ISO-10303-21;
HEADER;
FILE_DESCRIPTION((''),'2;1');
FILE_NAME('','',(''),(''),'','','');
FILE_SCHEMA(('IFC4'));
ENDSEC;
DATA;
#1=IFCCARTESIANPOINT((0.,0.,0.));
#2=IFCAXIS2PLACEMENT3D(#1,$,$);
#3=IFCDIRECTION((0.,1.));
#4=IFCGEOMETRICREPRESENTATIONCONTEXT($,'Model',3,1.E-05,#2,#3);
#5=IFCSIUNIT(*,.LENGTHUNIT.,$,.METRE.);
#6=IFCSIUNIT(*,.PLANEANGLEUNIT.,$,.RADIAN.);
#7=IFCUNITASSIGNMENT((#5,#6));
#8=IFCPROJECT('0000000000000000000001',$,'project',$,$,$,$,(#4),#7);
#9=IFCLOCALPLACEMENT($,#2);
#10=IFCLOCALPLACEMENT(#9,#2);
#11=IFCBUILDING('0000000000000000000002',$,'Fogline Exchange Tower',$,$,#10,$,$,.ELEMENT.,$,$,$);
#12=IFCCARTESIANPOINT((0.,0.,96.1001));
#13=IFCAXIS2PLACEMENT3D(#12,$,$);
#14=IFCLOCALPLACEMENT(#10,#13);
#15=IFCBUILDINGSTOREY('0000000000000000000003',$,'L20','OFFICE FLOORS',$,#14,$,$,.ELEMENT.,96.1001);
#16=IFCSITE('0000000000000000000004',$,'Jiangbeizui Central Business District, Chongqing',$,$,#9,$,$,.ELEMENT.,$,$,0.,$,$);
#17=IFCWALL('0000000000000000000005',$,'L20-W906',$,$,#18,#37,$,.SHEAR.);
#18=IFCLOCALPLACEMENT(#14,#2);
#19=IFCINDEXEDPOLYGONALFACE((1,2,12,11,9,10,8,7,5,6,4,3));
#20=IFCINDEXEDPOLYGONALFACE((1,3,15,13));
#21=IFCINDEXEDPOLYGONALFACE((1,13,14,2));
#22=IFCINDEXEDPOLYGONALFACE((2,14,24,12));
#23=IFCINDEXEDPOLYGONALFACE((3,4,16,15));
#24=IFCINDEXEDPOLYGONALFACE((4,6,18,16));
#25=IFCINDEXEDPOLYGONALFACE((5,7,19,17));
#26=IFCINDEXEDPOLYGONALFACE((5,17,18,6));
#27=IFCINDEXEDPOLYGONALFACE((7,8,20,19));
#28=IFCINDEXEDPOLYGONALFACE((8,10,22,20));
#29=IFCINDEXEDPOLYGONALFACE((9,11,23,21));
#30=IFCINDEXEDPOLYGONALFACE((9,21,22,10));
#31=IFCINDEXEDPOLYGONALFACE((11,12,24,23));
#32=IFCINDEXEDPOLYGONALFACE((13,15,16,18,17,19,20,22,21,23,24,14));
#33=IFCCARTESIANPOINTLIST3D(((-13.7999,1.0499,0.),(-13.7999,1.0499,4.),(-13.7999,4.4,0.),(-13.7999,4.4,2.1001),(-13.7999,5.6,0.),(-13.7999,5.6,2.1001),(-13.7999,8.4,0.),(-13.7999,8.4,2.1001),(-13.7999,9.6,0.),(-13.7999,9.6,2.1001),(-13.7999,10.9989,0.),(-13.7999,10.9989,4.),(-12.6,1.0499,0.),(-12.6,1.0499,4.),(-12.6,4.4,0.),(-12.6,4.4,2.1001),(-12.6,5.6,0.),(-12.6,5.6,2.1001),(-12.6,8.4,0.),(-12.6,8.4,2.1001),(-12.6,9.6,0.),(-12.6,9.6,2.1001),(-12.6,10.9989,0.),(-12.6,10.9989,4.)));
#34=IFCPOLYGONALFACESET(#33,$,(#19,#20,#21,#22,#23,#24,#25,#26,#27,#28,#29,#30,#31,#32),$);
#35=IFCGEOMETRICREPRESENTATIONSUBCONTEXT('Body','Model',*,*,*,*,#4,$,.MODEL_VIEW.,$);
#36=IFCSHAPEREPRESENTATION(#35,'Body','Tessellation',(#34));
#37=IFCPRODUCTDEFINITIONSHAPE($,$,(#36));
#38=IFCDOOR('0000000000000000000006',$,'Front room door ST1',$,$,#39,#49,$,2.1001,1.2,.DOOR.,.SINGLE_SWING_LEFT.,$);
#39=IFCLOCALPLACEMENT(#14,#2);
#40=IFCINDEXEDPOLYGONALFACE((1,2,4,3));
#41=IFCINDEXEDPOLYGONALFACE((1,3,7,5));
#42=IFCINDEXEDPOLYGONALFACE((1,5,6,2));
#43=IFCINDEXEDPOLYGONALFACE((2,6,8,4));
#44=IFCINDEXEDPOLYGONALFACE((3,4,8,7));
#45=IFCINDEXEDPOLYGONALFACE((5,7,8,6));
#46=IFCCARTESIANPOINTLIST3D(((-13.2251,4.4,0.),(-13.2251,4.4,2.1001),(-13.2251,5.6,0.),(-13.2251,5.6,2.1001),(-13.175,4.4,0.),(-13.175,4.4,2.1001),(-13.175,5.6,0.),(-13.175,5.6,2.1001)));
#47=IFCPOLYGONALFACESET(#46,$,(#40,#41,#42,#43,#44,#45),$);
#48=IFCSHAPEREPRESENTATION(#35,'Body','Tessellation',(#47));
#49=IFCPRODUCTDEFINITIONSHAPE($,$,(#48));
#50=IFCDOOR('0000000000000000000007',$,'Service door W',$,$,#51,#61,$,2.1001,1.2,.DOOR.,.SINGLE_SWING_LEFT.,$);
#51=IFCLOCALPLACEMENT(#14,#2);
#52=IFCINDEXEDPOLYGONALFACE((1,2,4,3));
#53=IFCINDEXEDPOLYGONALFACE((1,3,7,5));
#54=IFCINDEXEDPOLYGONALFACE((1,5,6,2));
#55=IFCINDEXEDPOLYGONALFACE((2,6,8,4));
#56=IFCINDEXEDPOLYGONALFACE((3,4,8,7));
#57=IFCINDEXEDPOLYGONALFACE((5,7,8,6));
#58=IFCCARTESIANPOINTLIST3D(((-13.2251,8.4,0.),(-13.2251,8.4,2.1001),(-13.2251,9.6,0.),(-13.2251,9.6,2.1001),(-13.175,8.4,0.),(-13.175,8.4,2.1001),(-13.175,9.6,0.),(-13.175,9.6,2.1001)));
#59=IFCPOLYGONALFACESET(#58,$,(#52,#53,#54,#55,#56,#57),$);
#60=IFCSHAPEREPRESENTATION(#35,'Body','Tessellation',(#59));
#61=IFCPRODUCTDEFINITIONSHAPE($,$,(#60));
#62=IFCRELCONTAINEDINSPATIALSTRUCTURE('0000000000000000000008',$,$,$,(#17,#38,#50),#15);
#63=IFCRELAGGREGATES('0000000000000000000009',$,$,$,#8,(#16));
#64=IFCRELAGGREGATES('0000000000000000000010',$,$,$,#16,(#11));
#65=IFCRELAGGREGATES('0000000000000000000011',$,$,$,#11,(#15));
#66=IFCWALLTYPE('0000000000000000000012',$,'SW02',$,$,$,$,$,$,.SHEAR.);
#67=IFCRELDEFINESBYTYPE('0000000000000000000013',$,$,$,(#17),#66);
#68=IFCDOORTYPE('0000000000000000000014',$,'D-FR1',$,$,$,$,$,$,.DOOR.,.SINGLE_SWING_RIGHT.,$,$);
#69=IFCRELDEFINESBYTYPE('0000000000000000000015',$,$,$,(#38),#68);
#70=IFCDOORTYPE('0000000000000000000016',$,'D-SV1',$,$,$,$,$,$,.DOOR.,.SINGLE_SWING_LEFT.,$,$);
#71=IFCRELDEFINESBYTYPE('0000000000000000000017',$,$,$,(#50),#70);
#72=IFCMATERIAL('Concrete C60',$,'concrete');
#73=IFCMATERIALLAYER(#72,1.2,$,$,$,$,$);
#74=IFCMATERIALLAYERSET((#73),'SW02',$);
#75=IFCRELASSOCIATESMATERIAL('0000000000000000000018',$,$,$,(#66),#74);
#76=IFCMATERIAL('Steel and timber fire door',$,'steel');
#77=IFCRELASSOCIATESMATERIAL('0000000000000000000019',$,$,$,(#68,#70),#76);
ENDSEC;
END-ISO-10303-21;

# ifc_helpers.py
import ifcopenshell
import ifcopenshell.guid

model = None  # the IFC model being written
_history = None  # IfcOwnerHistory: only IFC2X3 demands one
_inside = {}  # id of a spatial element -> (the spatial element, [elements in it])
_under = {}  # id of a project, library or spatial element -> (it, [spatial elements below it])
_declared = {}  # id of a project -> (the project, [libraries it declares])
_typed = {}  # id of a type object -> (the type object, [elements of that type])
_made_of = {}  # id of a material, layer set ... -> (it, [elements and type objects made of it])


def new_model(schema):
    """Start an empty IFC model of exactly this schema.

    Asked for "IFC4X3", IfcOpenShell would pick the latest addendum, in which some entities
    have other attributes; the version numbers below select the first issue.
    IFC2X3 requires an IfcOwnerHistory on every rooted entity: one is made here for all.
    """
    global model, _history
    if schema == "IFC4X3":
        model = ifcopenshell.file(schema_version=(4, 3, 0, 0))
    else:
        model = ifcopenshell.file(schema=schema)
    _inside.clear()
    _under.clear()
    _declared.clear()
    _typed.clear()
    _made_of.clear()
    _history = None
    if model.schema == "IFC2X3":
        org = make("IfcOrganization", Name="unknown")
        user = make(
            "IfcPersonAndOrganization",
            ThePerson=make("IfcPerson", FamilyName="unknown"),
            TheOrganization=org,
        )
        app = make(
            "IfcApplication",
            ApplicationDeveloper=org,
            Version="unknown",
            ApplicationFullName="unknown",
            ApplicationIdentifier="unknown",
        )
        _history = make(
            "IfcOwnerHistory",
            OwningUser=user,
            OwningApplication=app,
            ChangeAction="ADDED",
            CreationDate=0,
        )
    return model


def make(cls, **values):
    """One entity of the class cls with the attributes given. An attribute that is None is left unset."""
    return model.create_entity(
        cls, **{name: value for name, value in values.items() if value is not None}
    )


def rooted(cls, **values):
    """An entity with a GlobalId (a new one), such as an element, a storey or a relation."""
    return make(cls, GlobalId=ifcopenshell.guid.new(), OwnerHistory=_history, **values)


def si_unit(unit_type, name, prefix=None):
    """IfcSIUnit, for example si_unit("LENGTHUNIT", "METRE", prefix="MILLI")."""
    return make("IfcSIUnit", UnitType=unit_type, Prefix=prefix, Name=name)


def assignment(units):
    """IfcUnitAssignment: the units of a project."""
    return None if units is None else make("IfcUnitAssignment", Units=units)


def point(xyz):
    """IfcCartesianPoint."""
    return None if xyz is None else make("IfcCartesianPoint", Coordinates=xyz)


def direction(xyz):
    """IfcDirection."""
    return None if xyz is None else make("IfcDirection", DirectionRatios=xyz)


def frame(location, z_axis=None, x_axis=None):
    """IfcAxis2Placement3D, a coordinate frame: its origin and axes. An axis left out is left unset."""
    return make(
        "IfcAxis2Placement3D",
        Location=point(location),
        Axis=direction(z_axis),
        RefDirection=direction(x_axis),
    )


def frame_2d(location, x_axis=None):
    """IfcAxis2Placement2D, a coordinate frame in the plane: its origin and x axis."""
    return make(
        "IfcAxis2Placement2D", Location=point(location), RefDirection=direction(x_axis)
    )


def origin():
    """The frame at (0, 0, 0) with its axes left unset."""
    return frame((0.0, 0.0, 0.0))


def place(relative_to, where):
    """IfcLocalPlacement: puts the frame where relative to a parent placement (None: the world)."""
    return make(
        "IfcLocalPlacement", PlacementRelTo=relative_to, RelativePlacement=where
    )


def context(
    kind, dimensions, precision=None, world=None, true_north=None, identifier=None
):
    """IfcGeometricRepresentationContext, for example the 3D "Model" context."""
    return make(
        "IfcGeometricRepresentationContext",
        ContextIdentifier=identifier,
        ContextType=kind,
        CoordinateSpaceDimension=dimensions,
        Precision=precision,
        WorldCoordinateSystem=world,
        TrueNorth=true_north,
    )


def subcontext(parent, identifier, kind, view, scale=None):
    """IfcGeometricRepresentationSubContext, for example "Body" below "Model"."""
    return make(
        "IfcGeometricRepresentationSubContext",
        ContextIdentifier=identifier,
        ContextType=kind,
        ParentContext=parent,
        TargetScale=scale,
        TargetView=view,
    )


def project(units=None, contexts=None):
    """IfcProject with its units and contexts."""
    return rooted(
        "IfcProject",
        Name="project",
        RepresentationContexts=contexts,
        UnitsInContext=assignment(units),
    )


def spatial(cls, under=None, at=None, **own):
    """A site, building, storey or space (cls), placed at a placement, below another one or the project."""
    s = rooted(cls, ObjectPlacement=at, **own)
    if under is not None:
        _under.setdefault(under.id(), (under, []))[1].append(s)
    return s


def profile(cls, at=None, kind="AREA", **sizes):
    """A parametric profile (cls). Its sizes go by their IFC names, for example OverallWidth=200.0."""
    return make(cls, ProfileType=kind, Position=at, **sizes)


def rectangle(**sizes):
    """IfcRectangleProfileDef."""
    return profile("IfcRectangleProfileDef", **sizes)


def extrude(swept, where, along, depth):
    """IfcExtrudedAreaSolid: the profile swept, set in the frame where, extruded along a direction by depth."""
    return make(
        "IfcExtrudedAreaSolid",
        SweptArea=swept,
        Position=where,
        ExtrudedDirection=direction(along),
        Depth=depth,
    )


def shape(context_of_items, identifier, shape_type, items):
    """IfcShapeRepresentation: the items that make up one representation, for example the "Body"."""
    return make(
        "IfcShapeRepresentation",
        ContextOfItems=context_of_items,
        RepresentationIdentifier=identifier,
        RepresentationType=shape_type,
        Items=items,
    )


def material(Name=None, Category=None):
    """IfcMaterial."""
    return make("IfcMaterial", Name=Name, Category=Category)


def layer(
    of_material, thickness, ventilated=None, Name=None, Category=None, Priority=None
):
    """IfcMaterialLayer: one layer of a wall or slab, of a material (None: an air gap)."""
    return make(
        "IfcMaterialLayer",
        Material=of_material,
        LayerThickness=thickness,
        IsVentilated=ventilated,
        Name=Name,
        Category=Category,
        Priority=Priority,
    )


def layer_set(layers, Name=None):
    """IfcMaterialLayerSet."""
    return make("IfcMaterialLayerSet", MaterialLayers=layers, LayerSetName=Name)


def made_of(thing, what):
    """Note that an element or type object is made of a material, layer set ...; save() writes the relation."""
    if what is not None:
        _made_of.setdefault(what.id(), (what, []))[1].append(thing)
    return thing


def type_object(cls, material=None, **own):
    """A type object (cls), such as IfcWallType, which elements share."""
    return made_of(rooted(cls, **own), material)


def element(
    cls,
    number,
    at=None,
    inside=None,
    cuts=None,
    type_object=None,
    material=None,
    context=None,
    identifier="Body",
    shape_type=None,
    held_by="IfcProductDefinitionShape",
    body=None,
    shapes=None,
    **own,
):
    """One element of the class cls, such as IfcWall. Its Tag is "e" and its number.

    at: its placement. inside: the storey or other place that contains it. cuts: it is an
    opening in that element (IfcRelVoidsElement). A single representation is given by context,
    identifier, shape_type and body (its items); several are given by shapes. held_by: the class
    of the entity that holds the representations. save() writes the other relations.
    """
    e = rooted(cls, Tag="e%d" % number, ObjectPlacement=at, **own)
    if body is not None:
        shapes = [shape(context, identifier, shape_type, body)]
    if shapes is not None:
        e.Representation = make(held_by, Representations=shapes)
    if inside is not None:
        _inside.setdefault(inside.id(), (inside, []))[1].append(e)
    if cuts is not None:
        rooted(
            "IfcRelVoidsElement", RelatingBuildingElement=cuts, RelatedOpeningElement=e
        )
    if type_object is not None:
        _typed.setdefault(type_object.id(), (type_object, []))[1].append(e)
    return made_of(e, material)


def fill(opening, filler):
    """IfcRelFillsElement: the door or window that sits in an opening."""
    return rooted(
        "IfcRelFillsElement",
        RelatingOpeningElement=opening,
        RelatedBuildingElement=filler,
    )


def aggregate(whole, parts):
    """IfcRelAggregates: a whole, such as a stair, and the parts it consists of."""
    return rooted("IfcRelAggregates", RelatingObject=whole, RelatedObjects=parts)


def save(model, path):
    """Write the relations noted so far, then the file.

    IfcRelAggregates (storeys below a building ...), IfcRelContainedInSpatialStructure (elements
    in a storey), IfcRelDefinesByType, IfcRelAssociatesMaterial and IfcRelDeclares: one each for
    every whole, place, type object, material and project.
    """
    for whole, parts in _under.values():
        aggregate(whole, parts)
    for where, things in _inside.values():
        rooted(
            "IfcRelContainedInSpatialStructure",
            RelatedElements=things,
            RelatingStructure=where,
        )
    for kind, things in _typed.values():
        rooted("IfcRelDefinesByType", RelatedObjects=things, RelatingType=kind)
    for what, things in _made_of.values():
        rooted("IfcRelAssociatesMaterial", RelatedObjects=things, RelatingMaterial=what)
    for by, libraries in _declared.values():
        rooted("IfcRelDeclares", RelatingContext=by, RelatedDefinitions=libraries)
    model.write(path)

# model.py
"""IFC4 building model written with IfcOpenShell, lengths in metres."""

from ifc_helpers import new_model, si_unit, direction, frame, frame_2d, origin, place, context, subcontext, project, spatial, rectangle, extrude, material, layer, layer_set, type_object, element, fill, save


model = new_model("IFC4")

# Units and contexts
model_context = context("Model", 3, precision=1e-05, world=origin(), true_north=direction((0.0, 1.0)))
body_context = subcontext(model_context, "Body", "Model", "MODEL_VIEW")
ifc_project = project(units=[si_unit("LENGTHUNIT", "METRE"), si_unit("PLANEANGLEUNIT", "RADIAN")], contexts=[model_context])

# Site, building, storey
site_placement = place(None, origin())
site = spatial("IfcSite", under=ifc_project, at=site_placement, Name="Jiangbeizui Central Business District, Chongqing", CompositionType="ELEMENT", RefElevation=0.0)
building_placement = place(site_placement, origin())
building = spatial("IfcBuilding", under=site, at=building_placement, Name="Fogline Exchange Tower", CompositionType="ELEMENT")
storey_placement = place(building_placement, frame((0.0, 0.0, 96.1001)))
storey = spatial("IfcBuildingStorey", under=building, at=storey_placement, Name="L20", Description="OFFICE FLOORS", CompositionType="ELEMENT", Elevation=96.1001)

# Shared definitions
ifc_material_1 = material(Name="Steel and timber fire door", Category="steel")

# Shared definitions
ifc_material_2 = material(Name="Concrete C60", Category="concrete")
ifc_layer_1 = layer(ifc_material_2, 1.2)
ifc_layer_set_1 = layer_set([ifc_layer_1], Name="SW02")
wall_type_1 = type_object("IfcWallType", Name="SW02", PredefinedType="SHEAR", material=ifc_layer_set_1)

# Wall, openings, doors
wall_1_placement = place(storey_placement, frame((-13.2, 10.999, 0.0), z_axis=(0.0, 0.0, 1.0), x_axis=(0.0, -1.0, 0.0)))
wall_1 = element("IfcWall", 1, at=wall_1_placement, inside=storey, type_object=wall_type_1, Name="L20-W906", PredefinedType="SHEAR", context=body_context, shape_type="SweptSolid", body=[
    extrude(rectangle(XDim=9.949, YDim=1.2, at=frame_2d((4.9746, 0.0))), origin(), (0.0, 0.0, 1.0), 4.0),
])
opening_1_placement = place(wall_1_placement, frame((5.3989, 0.0, 0.0)))
opening_1 = element("IfcOpeningElement", 2, at=opening_1_placement, cuts=wall_1, PredefinedType="OPENING", context=body_context, shape_type="SweptSolid", body=[
    extrude(rectangle(XDim=1.2, YDim=2.1001, at=frame_2d((0.6001, 1.05))), frame((0.0, 0.6099, 0.0), z_axis=(0.0, -1.0, 0.0), x_axis=(1.0, 0.0, 0.0)), (0.0, 0.0, 1.0), 1.22),
])
opening_2_placement = place(wall_1_placement, frame((1.3989, 0.0, 0.0)))
opening_2 = element("IfcOpeningElement", 3, at=opening_2_placement, cuts=wall_1, PredefinedType="OPENING", context=body_context, shape_type="SweptSolid", body=[
    extrude(rectangle(XDim=1.2, YDim=2.1001, at=frame_2d((0.6001, 1.05))), frame((0.0, 0.6099, 0.0), z_axis=(0.0, -1.0, 0.0), x_axis=(1.0, 0.0, 0.0)), (0.0, 0.0, 1.0), 1.22),
])
door_type_1 = type_object("IfcDoorType", Name="D-FR1", OperationType="SINGLE_SWING_RIGHT", PredefinedType="DOOR", material=ifc_material_1)
door_1_placement = place(opening_1_placement, origin())
door_1 = element("IfcDoor", 4, at=door_1_placement, inside=storey, type_object=door_type_1, Name="Front room door ST1", OperationType="SINGLE_SWING_LEFT", OverallHeight=2.1001, OverallWidth=1.2, PredefinedType="DOOR", context=body_context, shape_type="SweptSolid", body=[
    extrude(rectangle(XDim=1.2, YDim=2.1001, at=frame_2d((0.6001, 1.05))), frame((0.0, 0.0249, 0.0), z_axis=(0.0, -1.0, 0.0), x_axis=(1.0, 0.0, 0.0)), (0.0, 0.0, 1.0), 0.05),
])
fill(opening_1, door_1)
door_type_2 = type_object("IfcDoorType", Name="D-SV1", OperationType="SINGLE_SWING_LEFT", PredefinedType="DOOR", material=ifc_material_1)
door_2_placement = place(opening_2_placement, origin())
door_2 = element("IfcDoor", 5, at=door_2_placement, inside=storey, type_object=door_type_2, Name="Service door W", OperationType="SINGLE_SWING_LEFT", OverallHeight=2.1001, OverallWidth=1.2, PredefinedType="DOOR", context=body_context, shape_type="SweptSolid", body=[
    extrude(rectangle(XDim=1.2, YDim=2.1001, at=frame_2d((0.6001, 1.05))), frame((0.0, 0.0249, 0.0), z_axis=(0.0, -1.0, 0.0), x_axis=(1.0, 0.0, 0.0)), (0.0, 0.0, 1.0), 0.05),
])
fill(opening_2, door_2)

save(model, "model.ifc")
